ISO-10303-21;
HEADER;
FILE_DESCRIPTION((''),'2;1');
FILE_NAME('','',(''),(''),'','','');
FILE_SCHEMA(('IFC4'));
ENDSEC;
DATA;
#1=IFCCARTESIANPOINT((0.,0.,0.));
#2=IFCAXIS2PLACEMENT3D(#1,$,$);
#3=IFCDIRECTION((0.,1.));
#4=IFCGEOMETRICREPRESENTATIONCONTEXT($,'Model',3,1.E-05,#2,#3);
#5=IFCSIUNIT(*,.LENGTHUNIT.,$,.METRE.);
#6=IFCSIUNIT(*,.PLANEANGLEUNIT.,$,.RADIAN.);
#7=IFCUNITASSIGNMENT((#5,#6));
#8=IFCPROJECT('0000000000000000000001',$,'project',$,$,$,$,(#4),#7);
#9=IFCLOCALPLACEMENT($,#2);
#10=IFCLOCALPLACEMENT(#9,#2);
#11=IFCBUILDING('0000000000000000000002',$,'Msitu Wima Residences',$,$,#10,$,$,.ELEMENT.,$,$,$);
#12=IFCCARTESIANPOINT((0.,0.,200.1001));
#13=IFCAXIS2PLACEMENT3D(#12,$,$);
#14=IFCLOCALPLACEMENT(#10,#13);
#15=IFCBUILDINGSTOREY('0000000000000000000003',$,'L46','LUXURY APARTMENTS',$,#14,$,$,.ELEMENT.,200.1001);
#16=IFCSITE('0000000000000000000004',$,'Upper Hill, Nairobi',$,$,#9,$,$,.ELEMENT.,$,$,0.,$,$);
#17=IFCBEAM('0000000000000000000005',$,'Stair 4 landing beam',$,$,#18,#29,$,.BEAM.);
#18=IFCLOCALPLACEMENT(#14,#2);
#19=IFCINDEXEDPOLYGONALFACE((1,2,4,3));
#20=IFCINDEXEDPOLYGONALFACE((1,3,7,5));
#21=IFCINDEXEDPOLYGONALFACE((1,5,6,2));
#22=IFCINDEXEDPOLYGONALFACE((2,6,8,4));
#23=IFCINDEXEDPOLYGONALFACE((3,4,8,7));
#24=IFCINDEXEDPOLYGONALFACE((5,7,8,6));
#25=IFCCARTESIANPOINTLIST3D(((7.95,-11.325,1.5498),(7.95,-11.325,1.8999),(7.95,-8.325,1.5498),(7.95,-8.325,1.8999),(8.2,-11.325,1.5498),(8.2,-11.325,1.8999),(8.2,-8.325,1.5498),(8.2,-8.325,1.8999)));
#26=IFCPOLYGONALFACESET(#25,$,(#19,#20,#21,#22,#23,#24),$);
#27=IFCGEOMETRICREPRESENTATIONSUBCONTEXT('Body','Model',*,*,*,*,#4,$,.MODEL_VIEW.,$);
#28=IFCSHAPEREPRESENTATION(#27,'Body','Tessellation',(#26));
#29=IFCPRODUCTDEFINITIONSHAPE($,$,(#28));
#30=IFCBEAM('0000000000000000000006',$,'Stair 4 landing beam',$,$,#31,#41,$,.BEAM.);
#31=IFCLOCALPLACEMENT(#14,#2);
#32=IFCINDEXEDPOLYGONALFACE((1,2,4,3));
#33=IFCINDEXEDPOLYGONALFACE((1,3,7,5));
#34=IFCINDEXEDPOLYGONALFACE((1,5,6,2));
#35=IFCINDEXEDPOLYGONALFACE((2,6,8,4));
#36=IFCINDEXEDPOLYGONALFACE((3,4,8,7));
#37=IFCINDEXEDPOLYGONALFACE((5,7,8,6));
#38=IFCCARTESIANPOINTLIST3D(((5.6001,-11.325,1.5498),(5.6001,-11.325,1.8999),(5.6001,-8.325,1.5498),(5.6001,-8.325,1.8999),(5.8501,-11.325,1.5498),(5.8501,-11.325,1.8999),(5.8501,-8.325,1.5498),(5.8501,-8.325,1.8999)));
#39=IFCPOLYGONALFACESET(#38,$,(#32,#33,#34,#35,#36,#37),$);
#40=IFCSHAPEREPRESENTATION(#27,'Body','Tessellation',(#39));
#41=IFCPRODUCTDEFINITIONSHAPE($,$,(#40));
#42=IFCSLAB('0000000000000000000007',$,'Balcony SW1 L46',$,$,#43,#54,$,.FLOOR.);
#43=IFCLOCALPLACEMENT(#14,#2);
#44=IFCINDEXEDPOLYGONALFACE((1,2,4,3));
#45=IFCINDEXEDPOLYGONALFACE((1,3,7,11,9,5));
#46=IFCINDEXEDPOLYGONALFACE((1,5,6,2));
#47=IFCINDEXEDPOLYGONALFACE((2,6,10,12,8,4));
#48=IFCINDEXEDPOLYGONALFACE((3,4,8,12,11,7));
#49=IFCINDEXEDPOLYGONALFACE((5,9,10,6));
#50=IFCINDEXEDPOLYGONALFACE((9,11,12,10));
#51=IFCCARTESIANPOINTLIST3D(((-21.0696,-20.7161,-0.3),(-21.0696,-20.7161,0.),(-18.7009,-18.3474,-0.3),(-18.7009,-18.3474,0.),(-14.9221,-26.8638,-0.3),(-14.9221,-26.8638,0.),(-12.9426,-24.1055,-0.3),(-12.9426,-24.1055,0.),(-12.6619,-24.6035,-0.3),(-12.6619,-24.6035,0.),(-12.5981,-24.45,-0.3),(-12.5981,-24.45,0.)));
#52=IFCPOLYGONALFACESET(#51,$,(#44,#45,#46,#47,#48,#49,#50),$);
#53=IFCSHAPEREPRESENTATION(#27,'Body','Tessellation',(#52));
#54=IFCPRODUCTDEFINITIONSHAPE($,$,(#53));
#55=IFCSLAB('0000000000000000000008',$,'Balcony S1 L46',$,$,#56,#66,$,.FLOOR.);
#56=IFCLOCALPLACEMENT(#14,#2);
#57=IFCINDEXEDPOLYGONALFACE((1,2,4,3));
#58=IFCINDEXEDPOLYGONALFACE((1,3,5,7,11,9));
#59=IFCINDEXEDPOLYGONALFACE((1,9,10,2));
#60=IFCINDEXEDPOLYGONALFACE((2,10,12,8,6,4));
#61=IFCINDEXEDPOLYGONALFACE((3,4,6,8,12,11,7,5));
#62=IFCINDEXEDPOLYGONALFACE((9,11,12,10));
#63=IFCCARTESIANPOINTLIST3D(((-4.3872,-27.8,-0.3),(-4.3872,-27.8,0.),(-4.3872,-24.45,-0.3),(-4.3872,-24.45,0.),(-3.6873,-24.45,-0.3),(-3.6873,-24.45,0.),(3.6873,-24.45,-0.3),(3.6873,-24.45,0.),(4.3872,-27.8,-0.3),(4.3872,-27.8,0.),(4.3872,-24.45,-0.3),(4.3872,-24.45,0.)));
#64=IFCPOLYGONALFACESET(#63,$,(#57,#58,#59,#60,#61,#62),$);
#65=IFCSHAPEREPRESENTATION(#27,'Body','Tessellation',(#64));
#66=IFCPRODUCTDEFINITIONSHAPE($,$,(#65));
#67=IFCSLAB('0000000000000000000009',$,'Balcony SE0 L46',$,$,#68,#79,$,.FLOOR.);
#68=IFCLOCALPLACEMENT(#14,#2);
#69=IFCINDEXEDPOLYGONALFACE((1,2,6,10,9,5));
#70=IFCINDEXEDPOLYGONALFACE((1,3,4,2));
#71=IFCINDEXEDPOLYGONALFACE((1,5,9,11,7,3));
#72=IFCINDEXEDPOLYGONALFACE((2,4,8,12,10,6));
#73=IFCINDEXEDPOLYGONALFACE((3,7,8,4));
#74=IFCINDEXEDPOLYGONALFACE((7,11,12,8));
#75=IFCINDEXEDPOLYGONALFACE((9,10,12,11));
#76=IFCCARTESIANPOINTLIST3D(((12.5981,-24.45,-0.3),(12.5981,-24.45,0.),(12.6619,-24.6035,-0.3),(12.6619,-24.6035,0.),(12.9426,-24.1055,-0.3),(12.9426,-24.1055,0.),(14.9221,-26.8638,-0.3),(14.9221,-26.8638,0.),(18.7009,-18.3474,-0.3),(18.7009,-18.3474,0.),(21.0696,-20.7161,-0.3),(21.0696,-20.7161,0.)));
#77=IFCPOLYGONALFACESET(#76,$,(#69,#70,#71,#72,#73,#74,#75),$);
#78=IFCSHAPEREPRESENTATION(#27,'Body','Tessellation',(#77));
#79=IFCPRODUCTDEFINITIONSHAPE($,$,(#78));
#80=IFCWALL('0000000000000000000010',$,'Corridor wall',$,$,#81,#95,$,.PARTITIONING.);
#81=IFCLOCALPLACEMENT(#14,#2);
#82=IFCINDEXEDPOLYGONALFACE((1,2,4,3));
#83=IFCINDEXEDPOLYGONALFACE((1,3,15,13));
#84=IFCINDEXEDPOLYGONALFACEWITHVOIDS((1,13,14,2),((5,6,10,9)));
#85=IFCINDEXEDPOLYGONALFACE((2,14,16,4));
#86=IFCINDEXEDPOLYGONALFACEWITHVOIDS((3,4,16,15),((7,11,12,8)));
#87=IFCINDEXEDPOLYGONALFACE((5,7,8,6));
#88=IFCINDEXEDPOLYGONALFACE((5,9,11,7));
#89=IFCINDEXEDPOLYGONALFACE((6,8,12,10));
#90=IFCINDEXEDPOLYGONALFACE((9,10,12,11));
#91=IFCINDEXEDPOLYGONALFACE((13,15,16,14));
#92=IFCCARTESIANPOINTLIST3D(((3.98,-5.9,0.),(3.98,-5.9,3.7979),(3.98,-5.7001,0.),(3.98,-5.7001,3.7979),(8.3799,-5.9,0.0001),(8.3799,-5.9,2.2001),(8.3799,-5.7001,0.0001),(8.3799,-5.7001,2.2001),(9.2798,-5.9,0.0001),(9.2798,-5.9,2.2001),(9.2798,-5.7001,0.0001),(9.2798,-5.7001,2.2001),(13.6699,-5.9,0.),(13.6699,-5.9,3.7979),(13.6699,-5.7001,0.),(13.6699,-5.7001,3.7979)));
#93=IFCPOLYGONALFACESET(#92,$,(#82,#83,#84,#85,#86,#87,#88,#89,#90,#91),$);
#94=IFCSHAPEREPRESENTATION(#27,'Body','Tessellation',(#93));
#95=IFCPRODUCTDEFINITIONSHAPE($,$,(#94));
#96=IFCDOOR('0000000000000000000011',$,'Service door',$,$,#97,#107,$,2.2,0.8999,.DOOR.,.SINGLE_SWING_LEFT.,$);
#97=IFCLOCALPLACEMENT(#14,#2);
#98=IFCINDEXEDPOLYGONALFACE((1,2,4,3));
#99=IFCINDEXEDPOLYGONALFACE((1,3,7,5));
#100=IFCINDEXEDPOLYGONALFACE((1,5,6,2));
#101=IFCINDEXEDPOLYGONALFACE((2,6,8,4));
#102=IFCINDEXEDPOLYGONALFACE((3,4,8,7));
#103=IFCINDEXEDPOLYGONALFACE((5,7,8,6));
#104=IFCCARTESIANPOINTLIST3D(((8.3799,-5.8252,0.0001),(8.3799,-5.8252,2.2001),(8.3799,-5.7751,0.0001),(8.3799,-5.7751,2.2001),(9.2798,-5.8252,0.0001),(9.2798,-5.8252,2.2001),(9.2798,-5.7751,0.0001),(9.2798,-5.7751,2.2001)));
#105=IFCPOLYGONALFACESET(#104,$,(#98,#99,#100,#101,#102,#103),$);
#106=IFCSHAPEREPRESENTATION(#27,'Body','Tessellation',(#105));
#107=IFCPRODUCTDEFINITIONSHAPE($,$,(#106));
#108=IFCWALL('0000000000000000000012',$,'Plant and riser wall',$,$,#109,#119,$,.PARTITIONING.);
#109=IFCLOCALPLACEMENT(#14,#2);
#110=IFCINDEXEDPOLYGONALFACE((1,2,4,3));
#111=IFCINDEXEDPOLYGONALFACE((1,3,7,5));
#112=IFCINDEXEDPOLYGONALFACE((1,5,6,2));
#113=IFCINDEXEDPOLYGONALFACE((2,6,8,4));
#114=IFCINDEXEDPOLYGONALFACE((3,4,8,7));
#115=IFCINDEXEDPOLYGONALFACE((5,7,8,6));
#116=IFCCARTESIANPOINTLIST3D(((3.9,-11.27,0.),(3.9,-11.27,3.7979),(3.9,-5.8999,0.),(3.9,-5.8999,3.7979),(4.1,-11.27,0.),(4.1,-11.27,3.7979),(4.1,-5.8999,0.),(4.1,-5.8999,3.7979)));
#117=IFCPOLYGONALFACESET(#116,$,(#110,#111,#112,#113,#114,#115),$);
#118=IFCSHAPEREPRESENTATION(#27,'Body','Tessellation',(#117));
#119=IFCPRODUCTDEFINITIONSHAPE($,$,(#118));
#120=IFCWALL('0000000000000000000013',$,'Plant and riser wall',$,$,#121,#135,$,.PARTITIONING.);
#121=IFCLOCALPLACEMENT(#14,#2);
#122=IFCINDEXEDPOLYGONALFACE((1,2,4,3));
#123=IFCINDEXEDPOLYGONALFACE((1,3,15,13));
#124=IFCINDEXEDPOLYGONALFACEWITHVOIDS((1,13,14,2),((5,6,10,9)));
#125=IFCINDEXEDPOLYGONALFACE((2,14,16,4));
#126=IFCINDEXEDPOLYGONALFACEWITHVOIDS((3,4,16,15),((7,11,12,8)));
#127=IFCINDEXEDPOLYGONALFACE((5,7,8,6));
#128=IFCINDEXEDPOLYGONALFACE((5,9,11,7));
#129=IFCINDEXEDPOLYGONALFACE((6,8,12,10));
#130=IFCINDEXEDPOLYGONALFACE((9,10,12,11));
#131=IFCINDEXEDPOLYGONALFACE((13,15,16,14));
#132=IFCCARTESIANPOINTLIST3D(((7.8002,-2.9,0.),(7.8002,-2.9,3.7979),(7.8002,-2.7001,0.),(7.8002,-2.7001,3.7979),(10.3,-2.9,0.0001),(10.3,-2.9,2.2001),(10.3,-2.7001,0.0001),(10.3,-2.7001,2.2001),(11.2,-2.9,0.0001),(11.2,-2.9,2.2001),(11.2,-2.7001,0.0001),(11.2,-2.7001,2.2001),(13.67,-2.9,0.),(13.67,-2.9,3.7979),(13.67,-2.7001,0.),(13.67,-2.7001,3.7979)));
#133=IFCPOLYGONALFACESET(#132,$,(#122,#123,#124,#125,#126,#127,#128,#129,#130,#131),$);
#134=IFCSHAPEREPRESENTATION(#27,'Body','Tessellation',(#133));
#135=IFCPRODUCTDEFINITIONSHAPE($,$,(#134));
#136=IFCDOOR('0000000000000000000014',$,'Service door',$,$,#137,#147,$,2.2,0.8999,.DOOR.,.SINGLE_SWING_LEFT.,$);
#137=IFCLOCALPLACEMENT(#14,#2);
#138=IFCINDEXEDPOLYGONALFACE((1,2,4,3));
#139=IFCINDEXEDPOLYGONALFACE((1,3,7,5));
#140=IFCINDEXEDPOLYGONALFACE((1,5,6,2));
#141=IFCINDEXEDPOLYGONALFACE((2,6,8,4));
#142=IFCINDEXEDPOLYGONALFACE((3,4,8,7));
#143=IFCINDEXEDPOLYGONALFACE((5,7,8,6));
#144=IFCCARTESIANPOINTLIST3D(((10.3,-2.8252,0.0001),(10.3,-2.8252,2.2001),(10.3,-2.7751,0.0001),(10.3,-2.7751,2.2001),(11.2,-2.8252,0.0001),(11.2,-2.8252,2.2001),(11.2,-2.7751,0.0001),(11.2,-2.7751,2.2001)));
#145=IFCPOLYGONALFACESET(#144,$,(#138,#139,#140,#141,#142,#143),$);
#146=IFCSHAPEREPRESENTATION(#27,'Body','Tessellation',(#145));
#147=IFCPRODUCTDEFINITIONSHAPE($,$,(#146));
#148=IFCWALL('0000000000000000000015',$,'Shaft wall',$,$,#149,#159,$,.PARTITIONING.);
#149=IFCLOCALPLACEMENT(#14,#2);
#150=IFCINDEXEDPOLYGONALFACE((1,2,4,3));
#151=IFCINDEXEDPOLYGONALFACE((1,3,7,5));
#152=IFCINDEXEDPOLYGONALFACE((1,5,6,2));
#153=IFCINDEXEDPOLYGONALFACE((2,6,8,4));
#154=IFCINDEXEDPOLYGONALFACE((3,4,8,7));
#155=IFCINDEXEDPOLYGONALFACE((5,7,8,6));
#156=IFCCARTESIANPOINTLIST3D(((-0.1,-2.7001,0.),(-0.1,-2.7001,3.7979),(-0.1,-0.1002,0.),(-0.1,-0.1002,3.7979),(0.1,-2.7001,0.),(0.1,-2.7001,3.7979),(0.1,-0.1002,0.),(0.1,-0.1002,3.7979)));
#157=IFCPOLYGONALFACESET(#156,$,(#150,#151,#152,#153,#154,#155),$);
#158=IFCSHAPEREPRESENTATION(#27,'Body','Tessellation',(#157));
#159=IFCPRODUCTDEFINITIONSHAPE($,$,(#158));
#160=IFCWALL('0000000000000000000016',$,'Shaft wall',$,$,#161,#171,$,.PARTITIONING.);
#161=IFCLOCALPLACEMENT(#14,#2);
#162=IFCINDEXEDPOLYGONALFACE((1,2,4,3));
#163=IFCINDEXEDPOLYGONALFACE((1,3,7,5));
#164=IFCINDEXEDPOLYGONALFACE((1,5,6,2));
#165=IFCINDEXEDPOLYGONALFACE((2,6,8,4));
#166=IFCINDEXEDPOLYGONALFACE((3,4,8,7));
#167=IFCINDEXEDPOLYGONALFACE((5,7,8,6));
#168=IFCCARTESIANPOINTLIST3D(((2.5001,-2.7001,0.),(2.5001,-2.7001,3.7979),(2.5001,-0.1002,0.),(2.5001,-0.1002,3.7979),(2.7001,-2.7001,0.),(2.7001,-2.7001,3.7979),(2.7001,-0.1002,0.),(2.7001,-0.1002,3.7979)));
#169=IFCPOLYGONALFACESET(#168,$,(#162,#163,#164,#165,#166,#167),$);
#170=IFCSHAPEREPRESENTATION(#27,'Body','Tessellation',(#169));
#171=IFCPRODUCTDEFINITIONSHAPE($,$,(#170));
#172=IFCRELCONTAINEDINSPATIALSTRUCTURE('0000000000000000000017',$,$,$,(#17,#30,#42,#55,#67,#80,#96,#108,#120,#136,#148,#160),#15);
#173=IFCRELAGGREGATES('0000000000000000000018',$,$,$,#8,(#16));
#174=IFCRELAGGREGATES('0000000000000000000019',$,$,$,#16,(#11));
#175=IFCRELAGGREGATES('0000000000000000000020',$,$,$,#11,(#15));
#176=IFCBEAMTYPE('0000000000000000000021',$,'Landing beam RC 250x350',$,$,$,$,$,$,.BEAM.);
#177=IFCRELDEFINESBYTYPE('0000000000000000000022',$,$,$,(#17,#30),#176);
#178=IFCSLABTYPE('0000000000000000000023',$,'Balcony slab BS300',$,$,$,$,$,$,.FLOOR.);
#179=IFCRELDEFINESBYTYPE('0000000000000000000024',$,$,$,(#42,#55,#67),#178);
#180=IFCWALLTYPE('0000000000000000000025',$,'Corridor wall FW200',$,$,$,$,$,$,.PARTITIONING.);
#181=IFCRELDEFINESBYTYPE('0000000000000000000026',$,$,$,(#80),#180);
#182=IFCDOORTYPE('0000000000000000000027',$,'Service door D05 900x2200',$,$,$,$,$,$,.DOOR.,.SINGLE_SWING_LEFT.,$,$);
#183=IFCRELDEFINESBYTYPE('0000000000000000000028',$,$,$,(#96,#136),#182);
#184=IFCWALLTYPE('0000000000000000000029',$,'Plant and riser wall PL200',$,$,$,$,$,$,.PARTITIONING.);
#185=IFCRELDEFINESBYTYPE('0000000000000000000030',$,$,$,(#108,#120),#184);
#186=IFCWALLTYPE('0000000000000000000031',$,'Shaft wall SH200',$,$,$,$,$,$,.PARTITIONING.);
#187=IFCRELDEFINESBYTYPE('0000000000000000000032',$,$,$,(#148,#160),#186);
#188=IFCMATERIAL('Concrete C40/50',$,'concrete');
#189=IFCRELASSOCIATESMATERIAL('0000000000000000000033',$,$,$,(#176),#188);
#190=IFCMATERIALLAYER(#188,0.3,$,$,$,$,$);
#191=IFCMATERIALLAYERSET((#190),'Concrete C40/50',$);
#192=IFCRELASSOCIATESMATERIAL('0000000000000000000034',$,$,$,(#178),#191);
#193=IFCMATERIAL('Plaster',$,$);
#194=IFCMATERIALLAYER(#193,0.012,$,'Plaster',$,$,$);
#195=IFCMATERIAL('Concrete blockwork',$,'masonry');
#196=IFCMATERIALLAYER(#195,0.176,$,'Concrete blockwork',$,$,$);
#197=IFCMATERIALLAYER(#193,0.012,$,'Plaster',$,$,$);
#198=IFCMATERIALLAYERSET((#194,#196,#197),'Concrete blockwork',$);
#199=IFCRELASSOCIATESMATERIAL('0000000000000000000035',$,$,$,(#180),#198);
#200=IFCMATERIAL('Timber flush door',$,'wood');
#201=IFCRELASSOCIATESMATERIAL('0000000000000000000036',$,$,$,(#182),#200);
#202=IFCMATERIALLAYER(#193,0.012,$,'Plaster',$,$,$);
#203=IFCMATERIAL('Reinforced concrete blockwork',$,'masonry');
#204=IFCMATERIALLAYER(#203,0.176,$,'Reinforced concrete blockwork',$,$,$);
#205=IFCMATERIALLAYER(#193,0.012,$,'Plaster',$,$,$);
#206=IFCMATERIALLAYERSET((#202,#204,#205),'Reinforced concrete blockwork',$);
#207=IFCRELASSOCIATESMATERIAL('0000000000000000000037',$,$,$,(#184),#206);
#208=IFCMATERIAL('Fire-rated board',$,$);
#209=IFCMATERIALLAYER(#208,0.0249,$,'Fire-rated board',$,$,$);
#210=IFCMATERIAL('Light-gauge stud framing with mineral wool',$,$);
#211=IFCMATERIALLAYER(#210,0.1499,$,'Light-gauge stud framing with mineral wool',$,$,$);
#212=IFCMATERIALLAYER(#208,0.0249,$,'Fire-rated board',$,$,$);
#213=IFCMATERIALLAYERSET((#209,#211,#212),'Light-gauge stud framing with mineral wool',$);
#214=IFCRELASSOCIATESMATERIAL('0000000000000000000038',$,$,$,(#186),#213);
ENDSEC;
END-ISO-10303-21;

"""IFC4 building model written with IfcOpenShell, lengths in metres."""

from ifc_helpers import new_model, si_unit, direction, frame, frame_2d, origin, origin_2d, place, context, subcontext, project, spatial, polyline, rectangle, outline, extrude, material, layer, layer_set, material_profile, profile_set, type_object, element, fill, save


model = new_model("IFC4")

# Units and contexts
model_context = context("Model", 3, precision=1e-05, world=origin(), true_north=direction((0.0, 1.0)))
body_context = subcontext(model_context, "Body", "Model", "MODEL_VIEW")
ifc_project = project(units=[si_unit("LENGTHUNIT", "METRE"), si_unit("PLANEANGLEUNIT", "RADIAN")], contexts=[model_context])

# Site, building, storey
site_placement = place(None, origin())
site = spatial("IfcSite", under=ifc_project, at=site_placement, Name="Upper Hill, Nairobi", CompositionType="ELEMENT", RefElevation=0.0)
building_placement = place(site_placement, origin())
building = spatial("IfcBuilding", under=site, at=building_placement, Name="Msitu Wima Residences", CompositionType="ELEMENT")
storey_placement = place(building_placement, frame((0.0, 0.0, 200.1001)))
storey = spatial("IfcBuildingStorey", under=building, at=storey_placement, Name="L46", Description="LUXURY APARTMENTS", CompositionType="ELEMENT", Elevation=200.1001)

# Beams
ifc_material_1 = material(Name="Concrete C40/50", Category="concrete")
ifc_material_profile = material_profile(ifc_material_1, rectangle(XDim=0.25, YDim=0.3501, at=origin_2d()), Name="RC 250x350")
ifc_profile_set = profile_set([ifc_material_profile], Name="Concrete C40/50")
beam_type = type_object("IfcBeamType", Name="Landing beam RC 250x350", PredefinedType="BEAM", material=ifc_profile_set)
for number, where, z_axis, x_axis, name in (
    (1, (8.075, -11.325, 1.7249), (0.0, 1.0, 0.0), (-1.0, 0.0, 0.0), "Stair 4 landing beam"),
    (2, (5.7251, -11.325, 1.7249), (0.0, 1.0, 0.0), (-1.0, 0.0, 0.0), "Stair 4 landing beam"),
):
    element("IfcBeam", number, at=place(storey_placement, frame(where, z_axis=z_axis, x_axis=x_axis)), inside=storey, type_object=beam_type, Name=name, PredefinedType="BEAM", context=body_context, shape_type="SweptSolid", body=[
        extrude(rectangle(XDim=0.25, YDim=0.3501, at=origin_2d()), origin(), (0.0, 0.0, 1.0), 3.0),
    ])

# Slabs
ifc_layer_1 = layer(ifc_material_1, 0.3)
ifc_layer_set_1 = layer_set([ifc_layer_1], Name="Concrete C40/50")
slab_type = type_object("IfcSlabType", Name="Balcony slab BS300", PredefinedType="FLOOR", material=ifc_layer_set_1)
slab_1_placement = place(storey_placement, frame((0.0, 0.0, -0.3)))
element("IfcSlab", 3, at=slab_1_placement, inside=storey, type_object=slab_type, Name="Balcony SW1 L46", PredefinedType="FLOOR", context=body_context, shape_type="SweptSolid", body=[
    extrude(outline(polyline([(-12.9426, -24.1055), (-12.9426, -24.1055), (-12.5981, -24.45), (-12.6619, -24.6035), (-14.9221, -26.8638), (-21.0696, -20.7161), (-18.7009, -18.3474), (-12.9426, -24.1055), (-12.9426, -24.1055)])), origin(), (0.0, 0.0, 1.0), 0.3),
])
slab_2_placement = place(storey_placement, frame((0.0, 0.0, -0.3)))
element("IfcSlab", 4, at=slab_2_placement, inside=storey, type_object=slab_type, Name="Balcony S1 L46", PredefinedType="FLOOR", context=body_context, shape_type="SweptSolid", body=[
    extrude(outline(polyline([(-3.6873, -24.45), (3.6873, -24.45), (4.3872, -24.45), (4.3872, -27.8), (-4.3872, -27.8), (-4.3872, -24.45), (-3.6873, -24.45)])), origin(), (0.0, 0.0, 1.0), 0.3),
])
slab_3_placement = place(storey_placement, frame((0.0, 0.0, -0.3)))
element("IfcSlab", 5, at=slab_3_placement, inside=storey, type_object=slab_type, Name="Balcony SE0 L46", PredefinedType="FLOOR", context=body_context, shape_type="SweptSolid", body=[
    extrude(outline(polyline([(12.9426, -24.1055), (12.9426, -24.1055), (18.7009, -18.3474), (21.0696, -20.7161), (14.9221, -26.8638), (12.6619, -24.6035), (12.5981, -24.45), (12.9426, -24.1055), (12.9426, -24.1055)])), origin(), (0.0, 0.0, 1.0), 0.3),
])

# Wall, opening, door
ifc_material_2 = material(Name="Plaster")
ifc_layer_2 = layer(ifc_material_2, 0.012, Name="Plaster")
ifc_material_3 = material(Name="Concrete blockwork", Category="masonry")
ifc_layer_3 = layer(ifc_material_3, 0.176, Name="Concrete blockwork")
ifc_layer_4 = layer(ifc_material_2, 0.012, Name="Plaster")
ifc_layer_set_2 = layer_set([ifc_layer_2, ifc_layer_3, ifc_layer_4], Name="Concrete blockwork")
wall_type_1 = type_object("IfcWallType", Name="Corridor wall FW200", PredefinedType="PARTITIONING", material=ifc_layer_set_2)
wall_1_placement = place(storey_placement, frame((3.98, -5.8, 0.0), z_axis=(0.0, 0.0, 1.0), x_axis=(1.0, 0.0, 0.0)))
wall_1 = element("IfcWall", 6, at=wall_1_placement, inside=storey, type_object=wall_type_1, Name="Corridor wall", PredefinedType="PARTITIONING", context=body_context, shape_type="SweptSolid", body=[
    extrude(rectangle(XDim=9.6899, YDim=0.2, at=frame_2d((4.845, 0.0))), origin(), (0.0, 0.0, 1.0), 3.7979),
])
opening_1_placement = place(wall_1_placement, frame((4.3999, 0.0, 0.0)))
opening_1 = element("IfcOpeningElement", 7, at=opening_1_placement, cuts=wall_1, PredefinedType="OPENING", context=body_context, shape_type="SweptSolid", body=[
    extrude(rectangle(XDim=0.8999, YDim=2.2, at=frame_2d((0.45, 1.1001))), frame((0.0, 0.1099, 0.0), z_axis=(0.0, -1.0, 0.0), x_axis=(1.0, 0.0, 0.0)), (0.0, 0.0, 1.0), 0.22),
])
ifc_material_4 = material(Name="Timber flush door", Category="wood")
door_type = type_object("IfcDoorType", Name="Service door D05 900x2200", OperationType="SINGLE_SWING_LEFT", PredefinedType="DOOR", material=ifc_material_4)
door_1_placement = place(opening_1_placement, origin())
door_1 = element("IfcDoor", 8, at=door_1_placement, inside=storey, type_object=door_type, Name="Service door", OperationType="SINGLE_SWING_LEFT", OverallHeight=2.2, OverallWidth=0.8999, PredefinedType="DOOR", context=body_context, shape_type="SweptSolid", body=[
    extrude(rectangle(XDim=0.8999, YDim=2.2, at=frame_2d((0.45, 1.1001))), frame((0.0, 0.0249, 0.0), z_axis=(0.0, -1.0, 0.0), x_axis=(1.0, 0.0, 0.0)), (0.0, 0.0, 1.0), 0.05),
])
fill(opening_1, door_1)

# Wall
ifc_layer_5 = layer(ifc_material_2, 0.012, Name="Plaster")
ifc_material_5 = material(Name="Reinforced concrete blockwork", Category="masonry")
ifc_layer_6 = layer(ifc_material_5, 0.176, Name="Reinforced concrete blockwork")
ifc_layer_7 = layer(ifc_material_2, 0.012, Name="Plaster")
ifc_layer_set_3 = layer_set([ifc_layer_5, ifc_layer_6, ifc_layer_7], Name="Reinforced concrete blockwork")
wall_type_2 = type_object("IfcWallType", Name="Plant and riser wall PL200", PredefinedType="PARTITIONING", material=ifc_layer_set_3)
wall_2_placement = place(storey_placement, frame((4.0, -11.27, 0.0), z_axis=(0.0, 0.0, 1.0), x_axis=(0.0, 1.0, 0.0)))
element("IfcWall", 9, at=wall_2_placement, inside=storey, type_object=wall_type_2, Name="Plant and riser wall", PredefinedType="PARTITIONING", context=body_context, shape_type="SweptSolid", body=[
    extrude(rectangle(XDim=5.3701, YDim=0.2, at=frame_2d((2.6851, 0.0))), origin(), (0.0, 0.0, 1.0), 3.7979),
])

# Wall, opening, door
wall_3_placement = place(storey_placement, frame((7.8, -2.8, 0.0), z_axis=(0.0, 0.0, 1.0), x_axis=(1.0, 0.0, 0.0)))
wall_3 = element("IfcWall", 10, at=wall_3_placement, inside=storey, type_object=wall_type_2, Name="Plant and riser wall", PredefinedType="PARTITIONING", context=body_context, shape_type="SweptSolid", body=[
    extrude(rectangle(XDim=5.8699, YDim=0.2, at=frame_2d((2.9351, 0.0))), origin(), (0.0, 0.0, 1.0), 3.7979),
])
opening_2_placement = place(wall_3_placement, frame((2.5, 0.0, 0.0)))
opening_2 = element("IfcOpeningElement", 11, at=opening_2_placement, cuts=wall_3, PredefinedType="OPENING", context=body_context, shape_type="SweptSolid", body=[
    extrude(rectangle(XDim=0.8999, YDim=2.2, at=frame_2d((0.45, 1.1001))), frame((0.0, 0.1099, 0.0), z_axis=(0.0, -1.0, 0.0), x_axis=(1.0, 0.0, 0.0)), (0.0, 0.0, 1.0), 0.22),
])
door_2_placement = place(opening_2_placement, origin())
door_2 = element("IfcDoor", 12, at=door_2_placement, inside=storey, type_object=door_type, Name="Service door", OperationType="SINGLE_SWING_LEFT", OverallHeight=2.2, OverallWidth=0.8999, PredefinedType="DOOR", context=body_context, shape_type="SweptSolid", body=[
    extrude(rectangle(XDim=0.8999, YDim=2.2, at=frame_2d((0.45, 1.1001))), frame((0.0, 0.0249, 0.0), z_axis=(0.0, -1.0, 0.0), x_axis=(1.0, 0.0, 0.0)), (0.0, 0.0, 1.0), 0.05),
])
fill(opening_2, door_2)

# Walls
ifc_material_6 = material(Name="Fire-rated board")
ifc_layer_8 = layer(ifc_material_6, 0.0249, Name="Fire-rated board")
ifc_material_7 = material(Name="Light-gauge stud framing with mineral wool")
ifc_layer_9 = layer(ifc_material_7, 0.1499, Name="Light-gauge stud framing with mineral wool")
ifc_layer_10 = layer(ifc_material_6, 0.0249, Name="Fire-rated board")
ifc_layer_set_4 = layer_set([ifc_layer_8, ifc_layer_9, ifc_layer_10], Name="Light-gauge stud framing with mineral wool")
wall_type_3 = type_object("IfcWallType", Name="Shaft wall SH200", PredefinedType="PARTITIONING", material=ifc_layer_set_4)
for number, where, z_axis, x_axis, name in (
    (13, (0.0, -2.7, 0.0), (0.0, 0.0, 1.0), (0.0, 1.0, 0.0), "Shaft wall"),
    (14, (2.6001, -2.7, 0.0), (0.0, 0.0, 1.0), (0.0, 1.0, 0.0), "Shaft wall"),
):
    element("IfcWall", number, at=place(storey_placement, frame(where, z_axis=z_axis, x_axis=x_axis)), inside=storey, type_object=wall_type_3, Name=name, PredefinedType="PARTITIONING", context=body_context, shape_type="SweptSolid", body=[
        extrude(rectangle(XDim=2.5999, YDim=0.2, at=frame_2d((1.2998, 0.0))), origin(), (0.0, 0.0, 1.0), 3.7979),
    ])

save(model, "model.ifc")
